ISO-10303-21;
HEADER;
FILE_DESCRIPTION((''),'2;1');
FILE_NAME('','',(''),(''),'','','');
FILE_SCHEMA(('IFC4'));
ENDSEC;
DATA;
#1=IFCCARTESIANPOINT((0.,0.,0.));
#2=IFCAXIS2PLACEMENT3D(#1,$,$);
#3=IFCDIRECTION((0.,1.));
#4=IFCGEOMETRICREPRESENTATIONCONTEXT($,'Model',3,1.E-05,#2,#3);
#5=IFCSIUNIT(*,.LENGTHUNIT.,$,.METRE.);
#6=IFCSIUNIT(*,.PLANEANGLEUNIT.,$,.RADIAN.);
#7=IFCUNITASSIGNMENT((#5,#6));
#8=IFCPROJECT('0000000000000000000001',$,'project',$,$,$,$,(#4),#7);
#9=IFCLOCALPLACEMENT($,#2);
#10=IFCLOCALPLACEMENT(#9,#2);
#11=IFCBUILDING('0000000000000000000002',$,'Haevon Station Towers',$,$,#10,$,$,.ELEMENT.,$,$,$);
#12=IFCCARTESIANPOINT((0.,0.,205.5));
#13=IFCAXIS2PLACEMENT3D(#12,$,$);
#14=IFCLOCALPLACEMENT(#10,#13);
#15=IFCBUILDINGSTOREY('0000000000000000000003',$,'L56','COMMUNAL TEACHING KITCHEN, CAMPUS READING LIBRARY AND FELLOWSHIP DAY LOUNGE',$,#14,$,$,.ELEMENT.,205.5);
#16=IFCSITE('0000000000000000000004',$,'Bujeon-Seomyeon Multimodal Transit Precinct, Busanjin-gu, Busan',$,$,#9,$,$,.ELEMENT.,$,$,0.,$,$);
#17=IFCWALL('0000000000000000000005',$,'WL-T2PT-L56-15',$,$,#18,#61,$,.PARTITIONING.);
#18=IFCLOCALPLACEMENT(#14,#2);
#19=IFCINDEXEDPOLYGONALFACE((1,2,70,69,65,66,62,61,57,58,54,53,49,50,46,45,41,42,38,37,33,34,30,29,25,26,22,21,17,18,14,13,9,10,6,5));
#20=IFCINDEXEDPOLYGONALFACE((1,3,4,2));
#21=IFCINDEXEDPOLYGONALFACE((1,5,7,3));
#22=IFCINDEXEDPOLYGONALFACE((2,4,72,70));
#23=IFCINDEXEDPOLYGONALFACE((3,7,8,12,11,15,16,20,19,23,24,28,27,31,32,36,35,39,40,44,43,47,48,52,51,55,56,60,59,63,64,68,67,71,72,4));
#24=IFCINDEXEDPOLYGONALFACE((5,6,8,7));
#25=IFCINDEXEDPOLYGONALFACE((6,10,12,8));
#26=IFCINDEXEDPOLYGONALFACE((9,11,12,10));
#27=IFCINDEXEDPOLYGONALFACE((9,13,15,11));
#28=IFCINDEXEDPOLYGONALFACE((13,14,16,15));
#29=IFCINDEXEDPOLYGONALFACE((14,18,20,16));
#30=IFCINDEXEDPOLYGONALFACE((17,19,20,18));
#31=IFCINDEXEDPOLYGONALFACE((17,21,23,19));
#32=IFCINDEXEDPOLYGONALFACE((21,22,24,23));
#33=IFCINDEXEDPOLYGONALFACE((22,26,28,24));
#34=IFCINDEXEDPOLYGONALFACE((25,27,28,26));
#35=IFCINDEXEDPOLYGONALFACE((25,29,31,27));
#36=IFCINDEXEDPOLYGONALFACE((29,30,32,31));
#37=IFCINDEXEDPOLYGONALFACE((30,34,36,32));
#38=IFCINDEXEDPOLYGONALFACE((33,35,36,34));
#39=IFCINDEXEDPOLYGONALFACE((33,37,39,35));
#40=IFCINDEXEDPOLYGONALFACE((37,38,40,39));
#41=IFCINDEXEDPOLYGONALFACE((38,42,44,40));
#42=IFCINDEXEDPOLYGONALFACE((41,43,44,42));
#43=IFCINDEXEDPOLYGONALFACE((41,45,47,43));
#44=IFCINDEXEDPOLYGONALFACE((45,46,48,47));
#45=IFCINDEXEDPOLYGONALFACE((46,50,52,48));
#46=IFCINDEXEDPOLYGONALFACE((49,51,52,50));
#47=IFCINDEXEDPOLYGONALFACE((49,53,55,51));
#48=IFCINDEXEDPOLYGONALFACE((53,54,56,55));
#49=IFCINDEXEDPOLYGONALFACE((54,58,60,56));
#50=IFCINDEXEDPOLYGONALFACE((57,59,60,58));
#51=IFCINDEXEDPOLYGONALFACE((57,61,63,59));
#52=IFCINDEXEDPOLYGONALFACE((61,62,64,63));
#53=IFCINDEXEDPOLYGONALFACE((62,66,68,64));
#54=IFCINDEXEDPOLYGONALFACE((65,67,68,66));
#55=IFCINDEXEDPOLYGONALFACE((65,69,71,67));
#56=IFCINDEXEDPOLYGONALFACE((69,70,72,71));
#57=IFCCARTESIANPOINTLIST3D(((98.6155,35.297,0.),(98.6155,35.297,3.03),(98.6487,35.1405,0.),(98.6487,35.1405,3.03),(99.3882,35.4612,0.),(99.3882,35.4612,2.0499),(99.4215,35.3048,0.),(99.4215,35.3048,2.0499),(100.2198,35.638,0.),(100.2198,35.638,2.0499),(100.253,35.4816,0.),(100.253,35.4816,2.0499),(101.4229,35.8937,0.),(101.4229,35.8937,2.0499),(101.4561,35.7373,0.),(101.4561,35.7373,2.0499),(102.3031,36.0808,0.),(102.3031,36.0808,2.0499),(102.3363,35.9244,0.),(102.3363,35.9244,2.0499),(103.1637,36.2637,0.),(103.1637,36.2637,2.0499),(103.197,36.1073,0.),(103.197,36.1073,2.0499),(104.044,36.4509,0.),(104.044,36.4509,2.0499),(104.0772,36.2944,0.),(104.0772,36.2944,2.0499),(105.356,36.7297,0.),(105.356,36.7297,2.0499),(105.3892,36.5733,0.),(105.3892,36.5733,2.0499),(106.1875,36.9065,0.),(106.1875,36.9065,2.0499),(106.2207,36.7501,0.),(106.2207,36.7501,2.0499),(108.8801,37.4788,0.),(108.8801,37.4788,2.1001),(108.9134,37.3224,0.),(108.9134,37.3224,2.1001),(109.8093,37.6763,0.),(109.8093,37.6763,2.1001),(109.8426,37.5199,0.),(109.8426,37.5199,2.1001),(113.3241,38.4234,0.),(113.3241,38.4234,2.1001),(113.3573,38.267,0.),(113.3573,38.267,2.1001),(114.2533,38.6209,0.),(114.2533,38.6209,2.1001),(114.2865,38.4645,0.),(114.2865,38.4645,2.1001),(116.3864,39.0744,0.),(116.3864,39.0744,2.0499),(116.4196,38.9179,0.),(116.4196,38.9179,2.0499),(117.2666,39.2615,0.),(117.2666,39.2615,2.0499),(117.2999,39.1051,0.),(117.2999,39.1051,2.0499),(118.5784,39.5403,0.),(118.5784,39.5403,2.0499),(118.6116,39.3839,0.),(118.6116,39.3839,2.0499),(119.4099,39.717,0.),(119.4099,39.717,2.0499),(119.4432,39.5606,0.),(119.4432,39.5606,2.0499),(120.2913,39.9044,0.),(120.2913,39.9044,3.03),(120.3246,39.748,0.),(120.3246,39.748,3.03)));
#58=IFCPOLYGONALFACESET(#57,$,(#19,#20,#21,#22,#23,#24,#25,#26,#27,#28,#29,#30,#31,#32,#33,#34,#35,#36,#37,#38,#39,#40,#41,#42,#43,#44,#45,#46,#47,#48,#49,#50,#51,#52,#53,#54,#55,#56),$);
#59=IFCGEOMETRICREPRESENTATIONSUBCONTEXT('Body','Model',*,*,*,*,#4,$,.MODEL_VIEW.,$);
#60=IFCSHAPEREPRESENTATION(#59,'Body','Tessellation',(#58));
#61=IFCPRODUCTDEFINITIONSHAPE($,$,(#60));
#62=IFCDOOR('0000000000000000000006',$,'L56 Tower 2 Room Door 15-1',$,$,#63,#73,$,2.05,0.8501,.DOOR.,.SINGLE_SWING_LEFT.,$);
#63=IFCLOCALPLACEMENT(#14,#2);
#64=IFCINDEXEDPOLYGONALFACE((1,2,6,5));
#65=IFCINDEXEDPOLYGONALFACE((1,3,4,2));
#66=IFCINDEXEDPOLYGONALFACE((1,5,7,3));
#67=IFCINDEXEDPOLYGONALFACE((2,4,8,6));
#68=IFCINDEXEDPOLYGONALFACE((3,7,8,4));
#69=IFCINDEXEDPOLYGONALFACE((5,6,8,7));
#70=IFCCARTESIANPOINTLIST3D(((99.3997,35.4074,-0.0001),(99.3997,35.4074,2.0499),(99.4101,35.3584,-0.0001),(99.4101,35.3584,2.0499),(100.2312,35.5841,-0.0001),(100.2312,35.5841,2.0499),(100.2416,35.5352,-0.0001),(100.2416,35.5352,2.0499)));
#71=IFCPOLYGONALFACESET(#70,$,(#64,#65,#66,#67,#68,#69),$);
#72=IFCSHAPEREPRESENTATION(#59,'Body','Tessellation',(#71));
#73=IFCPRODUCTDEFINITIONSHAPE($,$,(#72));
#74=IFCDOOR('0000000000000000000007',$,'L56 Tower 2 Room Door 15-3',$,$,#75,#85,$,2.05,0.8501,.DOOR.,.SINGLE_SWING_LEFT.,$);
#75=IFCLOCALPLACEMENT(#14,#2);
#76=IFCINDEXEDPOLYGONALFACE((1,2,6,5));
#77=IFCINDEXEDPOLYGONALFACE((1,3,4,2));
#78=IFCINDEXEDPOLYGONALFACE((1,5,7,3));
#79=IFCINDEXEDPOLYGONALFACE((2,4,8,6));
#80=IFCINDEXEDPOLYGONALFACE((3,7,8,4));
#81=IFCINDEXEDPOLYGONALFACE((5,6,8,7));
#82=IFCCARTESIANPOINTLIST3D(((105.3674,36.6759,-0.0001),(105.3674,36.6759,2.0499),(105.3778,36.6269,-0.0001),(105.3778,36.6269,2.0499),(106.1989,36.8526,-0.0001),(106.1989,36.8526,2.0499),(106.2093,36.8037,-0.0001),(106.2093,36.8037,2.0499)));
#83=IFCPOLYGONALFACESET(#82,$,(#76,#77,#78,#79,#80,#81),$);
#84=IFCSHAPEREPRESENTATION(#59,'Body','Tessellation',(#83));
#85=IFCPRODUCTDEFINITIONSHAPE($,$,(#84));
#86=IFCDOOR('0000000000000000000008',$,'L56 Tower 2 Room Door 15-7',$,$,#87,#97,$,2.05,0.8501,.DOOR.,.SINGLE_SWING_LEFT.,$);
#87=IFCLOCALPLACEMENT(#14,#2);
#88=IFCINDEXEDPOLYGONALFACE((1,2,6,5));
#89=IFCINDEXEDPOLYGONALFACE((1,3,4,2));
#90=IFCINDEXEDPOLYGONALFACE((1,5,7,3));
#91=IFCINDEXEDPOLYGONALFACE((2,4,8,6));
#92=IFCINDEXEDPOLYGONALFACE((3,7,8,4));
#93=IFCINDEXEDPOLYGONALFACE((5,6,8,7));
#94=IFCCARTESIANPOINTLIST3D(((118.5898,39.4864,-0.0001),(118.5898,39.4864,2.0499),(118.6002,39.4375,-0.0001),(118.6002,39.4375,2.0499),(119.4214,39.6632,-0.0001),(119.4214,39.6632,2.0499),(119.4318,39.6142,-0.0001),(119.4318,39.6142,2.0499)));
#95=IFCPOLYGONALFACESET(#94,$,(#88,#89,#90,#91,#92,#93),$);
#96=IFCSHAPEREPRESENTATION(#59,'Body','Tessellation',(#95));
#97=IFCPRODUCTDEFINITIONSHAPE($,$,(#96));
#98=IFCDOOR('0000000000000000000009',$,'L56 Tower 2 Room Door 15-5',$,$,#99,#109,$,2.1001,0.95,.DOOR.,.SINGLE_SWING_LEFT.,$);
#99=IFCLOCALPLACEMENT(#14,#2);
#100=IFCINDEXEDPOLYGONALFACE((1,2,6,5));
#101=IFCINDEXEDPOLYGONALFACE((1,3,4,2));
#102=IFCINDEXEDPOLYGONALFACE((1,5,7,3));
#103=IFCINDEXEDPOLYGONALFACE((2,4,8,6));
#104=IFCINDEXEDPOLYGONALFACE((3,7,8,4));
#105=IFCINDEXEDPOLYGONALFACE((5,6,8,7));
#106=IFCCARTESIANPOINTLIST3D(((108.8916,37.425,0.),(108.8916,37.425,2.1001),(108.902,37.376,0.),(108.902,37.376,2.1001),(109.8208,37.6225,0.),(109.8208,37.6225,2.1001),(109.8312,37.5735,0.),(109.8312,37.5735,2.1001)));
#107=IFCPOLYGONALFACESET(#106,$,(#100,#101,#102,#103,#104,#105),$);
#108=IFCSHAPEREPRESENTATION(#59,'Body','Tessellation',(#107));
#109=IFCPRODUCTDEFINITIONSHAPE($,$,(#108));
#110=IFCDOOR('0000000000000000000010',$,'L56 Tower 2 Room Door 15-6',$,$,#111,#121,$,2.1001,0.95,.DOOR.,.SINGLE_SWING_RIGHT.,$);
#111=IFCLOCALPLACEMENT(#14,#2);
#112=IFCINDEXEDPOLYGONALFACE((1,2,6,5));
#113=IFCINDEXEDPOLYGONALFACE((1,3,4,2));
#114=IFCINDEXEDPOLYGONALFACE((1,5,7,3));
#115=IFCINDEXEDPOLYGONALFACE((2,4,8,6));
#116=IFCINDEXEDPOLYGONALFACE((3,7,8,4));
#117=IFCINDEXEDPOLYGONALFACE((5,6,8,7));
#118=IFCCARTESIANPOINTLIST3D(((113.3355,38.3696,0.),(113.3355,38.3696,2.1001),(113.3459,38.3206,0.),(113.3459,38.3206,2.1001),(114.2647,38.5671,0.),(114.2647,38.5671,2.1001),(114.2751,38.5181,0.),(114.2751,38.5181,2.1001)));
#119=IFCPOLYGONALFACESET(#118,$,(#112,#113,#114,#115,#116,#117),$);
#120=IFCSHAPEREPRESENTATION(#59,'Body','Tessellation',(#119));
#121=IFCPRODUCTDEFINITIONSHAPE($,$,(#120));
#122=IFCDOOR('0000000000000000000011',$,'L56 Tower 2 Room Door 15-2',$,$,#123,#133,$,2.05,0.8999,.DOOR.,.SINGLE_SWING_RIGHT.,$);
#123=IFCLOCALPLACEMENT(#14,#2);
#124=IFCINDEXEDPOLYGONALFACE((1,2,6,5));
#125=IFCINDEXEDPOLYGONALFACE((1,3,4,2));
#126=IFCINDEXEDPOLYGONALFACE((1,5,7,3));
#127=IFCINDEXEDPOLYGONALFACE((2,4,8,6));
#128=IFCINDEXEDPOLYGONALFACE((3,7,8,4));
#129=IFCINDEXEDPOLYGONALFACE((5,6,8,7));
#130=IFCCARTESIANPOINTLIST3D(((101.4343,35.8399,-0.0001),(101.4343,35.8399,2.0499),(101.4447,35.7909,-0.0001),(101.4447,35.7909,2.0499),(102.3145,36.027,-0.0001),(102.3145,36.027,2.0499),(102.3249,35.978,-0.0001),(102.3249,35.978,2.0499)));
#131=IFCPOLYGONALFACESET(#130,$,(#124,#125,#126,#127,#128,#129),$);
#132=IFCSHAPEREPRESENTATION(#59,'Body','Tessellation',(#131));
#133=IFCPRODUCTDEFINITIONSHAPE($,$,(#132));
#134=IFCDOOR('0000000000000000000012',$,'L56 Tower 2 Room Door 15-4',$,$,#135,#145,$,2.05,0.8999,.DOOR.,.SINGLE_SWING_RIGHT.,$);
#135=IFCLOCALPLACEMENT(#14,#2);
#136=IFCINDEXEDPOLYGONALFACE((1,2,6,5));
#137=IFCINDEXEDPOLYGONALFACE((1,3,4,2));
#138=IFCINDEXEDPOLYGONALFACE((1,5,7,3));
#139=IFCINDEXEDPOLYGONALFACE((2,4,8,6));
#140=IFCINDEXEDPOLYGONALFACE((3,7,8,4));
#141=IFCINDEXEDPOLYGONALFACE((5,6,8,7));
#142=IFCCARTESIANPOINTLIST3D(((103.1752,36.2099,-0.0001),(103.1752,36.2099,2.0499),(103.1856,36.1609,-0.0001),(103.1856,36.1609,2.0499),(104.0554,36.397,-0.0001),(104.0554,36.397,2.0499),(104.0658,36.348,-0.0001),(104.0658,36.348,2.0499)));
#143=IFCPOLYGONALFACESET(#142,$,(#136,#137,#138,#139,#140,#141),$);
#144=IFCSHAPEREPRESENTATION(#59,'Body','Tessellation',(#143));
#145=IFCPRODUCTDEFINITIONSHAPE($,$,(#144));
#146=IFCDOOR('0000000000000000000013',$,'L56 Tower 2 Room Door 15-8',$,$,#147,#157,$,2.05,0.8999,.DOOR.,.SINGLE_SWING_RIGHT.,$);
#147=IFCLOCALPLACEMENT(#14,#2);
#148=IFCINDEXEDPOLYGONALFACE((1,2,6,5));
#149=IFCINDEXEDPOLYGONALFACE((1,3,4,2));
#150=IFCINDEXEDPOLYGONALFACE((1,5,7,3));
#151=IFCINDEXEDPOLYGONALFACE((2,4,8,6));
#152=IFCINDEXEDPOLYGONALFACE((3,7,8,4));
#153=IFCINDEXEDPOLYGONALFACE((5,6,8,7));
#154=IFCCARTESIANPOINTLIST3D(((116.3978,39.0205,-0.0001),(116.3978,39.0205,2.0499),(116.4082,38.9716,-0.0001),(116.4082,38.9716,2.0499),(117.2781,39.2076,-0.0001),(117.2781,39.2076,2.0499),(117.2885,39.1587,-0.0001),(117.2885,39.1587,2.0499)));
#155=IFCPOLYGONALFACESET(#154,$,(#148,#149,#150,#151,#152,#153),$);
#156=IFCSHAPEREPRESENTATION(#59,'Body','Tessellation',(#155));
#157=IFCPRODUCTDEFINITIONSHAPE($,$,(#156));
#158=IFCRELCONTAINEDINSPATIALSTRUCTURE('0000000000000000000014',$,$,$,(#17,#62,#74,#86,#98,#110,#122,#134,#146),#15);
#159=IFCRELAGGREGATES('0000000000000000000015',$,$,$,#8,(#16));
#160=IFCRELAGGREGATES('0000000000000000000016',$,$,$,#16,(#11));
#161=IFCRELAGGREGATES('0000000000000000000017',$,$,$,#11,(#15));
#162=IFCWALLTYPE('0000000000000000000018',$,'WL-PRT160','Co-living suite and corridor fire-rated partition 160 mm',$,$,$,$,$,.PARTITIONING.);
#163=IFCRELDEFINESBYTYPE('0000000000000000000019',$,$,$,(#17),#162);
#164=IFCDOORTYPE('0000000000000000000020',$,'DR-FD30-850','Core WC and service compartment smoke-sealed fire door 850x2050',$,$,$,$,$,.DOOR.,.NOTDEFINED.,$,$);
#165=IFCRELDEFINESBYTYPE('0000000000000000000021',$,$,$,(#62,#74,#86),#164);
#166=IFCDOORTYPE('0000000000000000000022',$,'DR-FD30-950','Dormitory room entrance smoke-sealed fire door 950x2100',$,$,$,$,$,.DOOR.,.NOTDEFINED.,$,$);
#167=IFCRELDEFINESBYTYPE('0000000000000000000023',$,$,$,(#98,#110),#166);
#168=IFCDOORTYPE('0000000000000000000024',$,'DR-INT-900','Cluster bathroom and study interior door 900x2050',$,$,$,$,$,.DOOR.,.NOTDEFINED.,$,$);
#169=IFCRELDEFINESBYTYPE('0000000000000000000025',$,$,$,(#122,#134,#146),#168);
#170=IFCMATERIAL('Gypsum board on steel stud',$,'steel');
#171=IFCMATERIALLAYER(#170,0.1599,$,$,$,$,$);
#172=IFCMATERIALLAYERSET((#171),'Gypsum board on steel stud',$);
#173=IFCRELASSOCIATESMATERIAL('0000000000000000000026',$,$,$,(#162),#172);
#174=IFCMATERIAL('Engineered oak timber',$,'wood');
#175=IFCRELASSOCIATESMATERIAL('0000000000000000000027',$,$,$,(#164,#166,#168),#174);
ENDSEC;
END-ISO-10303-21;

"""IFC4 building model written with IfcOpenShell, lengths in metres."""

from ifc_helpers import new_model, si_unit, direction, frame, frame_2d, origin, place, context, subcontext, project, spatial, rectangle, extrude, material, layer, layer_set, type_object, element, fill, save


model = new_model("IFC4")

# Units and contexts
model_context = context("Model", 3, precision=1e-05, world=origin(), true_north=direction((0.0, 1.0)))
body_context = subcontext(model_context, "Body", "Model", "MODEL_VIEW")
ifc_project = project(units=[si_unit("LENGTHUNIT", "METRE"), si_unit("PLANEANGLEUNIT", "RADIAN")], contexts=[model_context])

# Site, building, storey
site_placement = place(None, origin())
site = spatial("IfcSite", under=ifc_project, at=site_placement, Name="Bujeon-Seomyeon Multimodal Transit Precinct, Busanjin-gu, Busan", CompositionType="ELEMENT", RefElevation=0.0)
building_placement = place(site_placement, origin())
building = spatial("IfcBuilding", under=site, at=building_placement, Name="Haevon Station Towers", CompositionType="ELEMENT")
storey_placement = place(building_placement, frame((0.0, 0.0, 205.5)))
storey = spatial("IfcBuildingStorey", under=building, at=storey_placement, Name="L56", Description="COMMUNAL TEACHING KITCHEN, CAMPUS READING LIBRARY AND FELLOWSHIP DAY LOUNGE", CompositionType="ELEMENT", Elevation=205.5)

# Shared definitions
ifc_material_1 = material(Name="Gypsum board on steel stud", Category="steel")
ifc_material_2 = material(Name="Engineered oak timber", Category="wood")

# Shared definitions
ifc_layer_1 = layer(ifc_material_1, 0.1599)
ifc_layer_set_1 = layer_set([ifc_layer_1], Name="Gypsum board on steel stud")
wall_type_1 = type_object("IfcWallType", Name="WL-PRT160", Description="Co-living suite and corridor fire-rated partition 160 mm", PredefinedType="PARTITIONING", material=ifc_layer_set_1)

# Wall, openings, doors
wall_1_placement = place(storey_placement, frame((98.6321, 35.2188, 0.0), z_axis=(0.0, 0.0, 1.0), x_axis=(0.978147, 0.207916, 0.0)))
wall_1 = element("IfcWall", 1, at=wall_1_placement, inside=storey, type_object=wall_type_1, Name="WL-T2PT-L56-15", PredefinedType="PARTITIONING", context=body_context, shape_type="SweptSolid", body=[
    extrude(rectangle(XDim=22.1602, YDim=0.1599, at=frame_2d((11.0801, 0.0))), origin(), (0.0, 0.0, 1.0), 3.03),
])
opening_1_placement = place(wall_1_placement, frame((0.79, 0.0, 0.0)))
opening_1 = element("IfcOpeningElement", 2, at=opening_1_placement, cuts=wall_1, PredefinedType="OPENING", context=body_context, shape_type="SweptSolid", body=[
    extrude(rectangle(XDim=0.8501, YDim=2.05, at=frame_2d((0.425, 1.0249))), frame((0.0, 0.0898, 0.0), z_axis=(0.0, -1.0, 0.0), x_axis=(1.0, 0.0, 0.0)), (0.0, 0.0, 1.0), 0.1799),
])
opening_2_placement = place(wall_1_placement, frame((2.8701, 0.0, 0.0)))
opening_2 = element("IfcOpeningElement", 3, at=opening_2_placement, cuts=wall_1, PredefinedType="OPENING", context=body_context, shape_type="SweptSolid", body=[
    extrude(rectangle(XDim=0.8999, YDim=2.05, at=frame_2d((0.45, 1.0249))), frame((0.0, 0.0898, 0.0), z_axis=(0.0, -1.0, 0.0), x_axis=(1.0, 0.0, 0.0)), (0.0, 0.0, 1.0), 0.1799),
])
opening_3_placement = place(wall_1_placement, frame((6.8911, 0.0, 0.0)))
opening_3 = element("IfcOpeningElement", 4, at=opening_3_placement, cuts=wall_1, PredefinedType="OPENING", context=body_context, shape_type="SweptSolid", body=[
    extrude(rectangle(XDim=0.8501, YDim=2.05, at=frame_2d((0.425, 1.0249))), frame((0.0, 0.0898, 0.0), z_axis=(0.0, -1.0, 0.0), x_axis=(1.0, 0.0, 0.0)), (0.0, 0.0, 1.0), 0.1799),
])
opening_4_placement = place(wall_1_placement, frame((4.6499, 0.0, 0.0)))
opening_4 = element("IfcOpeningElement", 5, at=opening_4_placement, cuts=wall_1, PredefinedType="OPENING", context=body_context, shape_type="SweptSolid", body=[
    extrude(rectangle(XDim=0.8999, YDim=2.05, at=frame_2d((0.45, 1.0249))), frame((0.0, 0.0898, 0.0), z_axis=(0.0, -1.0, 0.0), x_axis=(1.0, 0.0, 0.0)), (0.0, 0.0, 1.0), 0.1799),
])
opening_5_placement = place(wall_1_placement, frame((10.4939, 0.0, 0.0)))
opening_5 = element("IfcOpeningElement", 6, at=opening_5_placement, cuts=wall_1, PredefinedType="OPENING", context=body_context, shape_type="SweptSolid", body=[
    extrude(rectangle(XDim=0.95, YDim=2.1001, at=frame_2d((0.4751, 1.05))), frame((0.0, 0.0898, 0.0), z_axis=(0.0, -1.0, 0.0), x_axis=(1.0, 0.0, 0.0)), (0.0, 0.0, 1.0), 0.1799),
])
opening_6_placement = place(wall_1_placement, frame((15.0371, 0.0, 0.0)))
opening_6 = element("IfcOpeningElement", 7, at=opening_6_placement, cuts=wall_1, PredefinedType="OPENING", context=body_context, shape_type="SweptSolid", body=[
    extrude(rectangle(XDim=0.95, YDim=2.1001, at=frame_2d((0.4751, 1.05))), frame((0.0, 0.0898, 0.0), z_axis=(0.0, -1.0, 0.0), x_axis=(1.0, 0.0, 0.0)), (0.0, 0.0, 1.0), 0.1799),
])
opening_7_placement = place(wall_1_placement, frame((20.4089, 0.0, 0.0)))
opening_7 = element("IfcOpeningElement", 8, at=opening_7_placement, cuts=wall_1, PredefinedType="OPENING", context=body_context, shape_type="SweptSolid", body=[
    extrude(rectangle(XDim=0.8501, YDim=2.05, at=frame_2d((0.425, 1.0249))), frame((0.0, 0.0898, 0.0), z_axis=(0.0, -1.0, 0.0), x_axis=(1.0, 0.0, 0.0)), (0.0, 0.0, 1.0), 0.1799),
])
opening_8_placement = place(wall_1_placement, frame((18.168, 0.0, 0.0)))
opening_8 = element("IfcOpeningElement", 9, at=opening_8_placement, cuts=wall_1, PredefinedType="OPENING", context=body_context, shape_type="SweptSolid", body=[
    extrude(rectangle(XDim=0.8999, YDim=2.05, at=frame_2d((0.45, 1.0249))), frame((0.0, 0.0898, 0.0), z_axis=(0.0, -1.0, 0.0), x_axis=(1.0, 0.0, 0.0)), (0.0, 0.0, 1.0), 0.1799),
])
door_type_1 = type_object("IfcDoorType", Name="DR-FD30-850", Description="Core WC and service compartment smoke-sealed fire door 850x2050", OperationType="NOTDEFINED", PredefinedType="DOOR", material=ifc_material_2)
door_1_placement = place(opening_1_placement, origin())
door_1 = element("IfcDoor", 10, at=door_1_placement, inside=storey, type_object=door_type_1, Name="L56 Tower 2 Room Door 15-1", OperationType="SINGLE_SWING_LEFT", OverallHeight=2.05, OverallWidth=0.8501, PredefinedType="DOOR", context=body_context, shape_type="SweptSolid", body=[
    extrude(rectangle(XDim=0.8501, YDim=2.05, at=frame_2d((0.425, 1.0249))), frame((0.0, 0.0249, 0.0), z_axis=(0.0, -1.0, 0.0), x_axis=(1.0, 0.0, 0.0)), (0.0, 0.0, 1.0), 0.05),
])
fill(opening_1, door_1)
door_2_placement = place(opening_3_placement, origin())
door_2 = element("IfcDoor", 11, at=door_2_placement, inside=storey, type_object=door_type_1, Name="L56 Tower 2 Room Door 15-3", OperationType="SINGLE_SWING_LEFT", OverallHeight=2.05, OverallWidth=0.8501, PredefinedType="DOOR", context=body_context, shape_type="SweptSolid", body=[
    extrude(rectangle(XDim=0.8501, YDim=2.05, at=frame_2d((0.425, 1.0249))), frame((0.0, 0.0249, 0.0), z_axis=(0.0, -1.0, 0.0), x_axis=(1.0, 0.0, 0.0)), (0.0, 0.0, 1.0), 0.05),
])
fill(opening_3, door_2)
door_3_placement = place(opening_7_placement, origin())
door_3 = element("IfcDoor", 12, at=door_3_placement, inside=storey, type_object=door_type_1, Name="L56 Tower 2 Room Door 15-7", OperationType="SINGLE_SWING_LEFT", OverallHeight=2.05, OverallWidth=0.8501, PredefinedType="DOOR", context=body_context, shape_type="SweptSolid", body=[
    extrude(rectangle(XDim=0.8501, YDim=2.05, at=frame_2d((0.425, 1.0249))), frame((0.0, 0.0249, 0.0), z_axis=(0.0, -1.0, 0.0), x_axis=(1.0, 0.0, 0.0)), (0.0, 0.0, 1.0), 0.05),
])
fill(opening_7, door_3)
door_type_2 = type_object("IfcDoorType", Name="DR-FD30-950", Description="Dormitory room entrance smoke-sealed fire door 950x2100", OperationType="NOTDEFINED", PredefinedType="DOOR", material=ifc_material_2)
door_4_placement = place(opening_5_placement, origin())
door_4 = element("IfcDoor", 13, at=door_4_placement, inside=storey, type_object=door_type_2, Name="L56 Tower 2 Room Door 15-5", OperationType="SINGLE_SWING_LEFT", OverallHeight=2.1001, OverallWidth=0.95, PredefinedType="DOOR", context=body_context, shape_type="SweptSolid", body=[
    extrude(rectangle(XDim=0.95, YDim=2.1001, at=frame_2d((0.4751, 1.05))), frame((0.0, 0.0249, 0.0), z_axis=(0.0, -1.0, 0.0), x_axis=(1.0, 0.0, 0.0)), (0.0, 0.0, 1.0), 0.05),
])
fill(opening_5, door_4)
door_5_placement = place(opening_6_placement, origin())
door_5 = element("IfcDoor", 14, at=door_5_placement, inside=storey, type_object=door_type_2, Name="L56 Tower 2 Room Door 15-6", OperationType="SINGLE_SWING_RIGHT", OverallHeight=2.1001, OverallWidth=0.95, PredefinedType="DOOR", context=body_context, shape_type="SweptSolid", body=[
    extrude(rectangle(XDim=0.95, YDim=2.1001, at=frame_2d((0.4751, 1.05))), frame((0.0, 0.0249, 0.0), z_axis=(0.0, -1.0, 0.0), x_axis=(1.0, 0.0, 0.0)), (0.0, 0.0, 1.0), 0.05),
])
fill(opening_6, door_5)
door_type_3 = type_object("IfcDoorType", Name="DR-INT-900", Description="Cluster bathroom and study interior door 900x2050", OperationType="NOTDEFINED", PredefinedType="DOOR", material=ifc_material_2)
door_6_placement = place(opening_2_placement, origin())
door_6 = element("IfcDoor", 15, at=door_6_placement, inside=storey, type_object=door_type_3, Name="L56 Tower 2 Room Door 15-2", OperationType="SINGLE_SWING_RIGHT", OverallHeight=2.05, OverallWidth=0.8999, PredefinedType="DOOR", context=body_context, shape_type="SweptSolid", body=[
    extrude(rectangle(XDim=0.8999, YDim=2.05, at=frame_2d((0.45, 1.0249))), frame((0.0, 0.0249, 0.0), z_axis=(0.0, -1.0, 0.0), x_axis=(1.0, 0.0, 0.0)), (0.0, 0.0, 1.0), 0.05),
])
fill(opening_2, door_6)
door_7_placement = place(opening_4_placement, origin())
door_7 = element("IfcDoor", 16, at=door_7_placement, inside=storey, type_object=door_type_3, Name="L56 Tower 2 Room Door 15-4", OperationType="SINGLE_SWING_RIGHT", OverallHeight=2.05, OverallWidth=0.8999, PredefinedType="DOOR", context=body_context, shape_type="SweptSolid", body=[
    extrude(rectangle(XDim=0.8999, YDim=2.05, at=frame_2d((0.45, 1.0249))), frame((0.0, 0.0249, 0.0), z_axis=(0.0, -1.0, 0.0), x_axis=(1.0, 0.0, 0.0)), (0.0, 0.0, 1.0), 0.05),
])
fill(opening_4, door_7)
door_8_placement = place(opening_8_placement, origin())
door_8 = element("IfcDoor", 17, at=door_8_placement, inside=storey, type_object=door_type_3, Name="L56 Tower 2 Room Door 15-8", OperationType="SINGLE_SWING_RIGHT", OverallHeight=2.05, OverallWidth=0.8999, PredefinedType="DOOR", context=body_context, shape_type="SweptSolid", body=[
    extrude(rectangle(XDim=0.8999, YDim=2.05, at=frame_2d((0.45, 1.0249))), frame((0.0, 0.0249, 0.0), z_axis=(0.0, -1.0, 0.0), x_axis=(1.0, 0.0, 0.0)), (0.0, 0.0, 1.0), 0.05),
])
fill(opening_8, door_8)

save(model, "model.ifc")
